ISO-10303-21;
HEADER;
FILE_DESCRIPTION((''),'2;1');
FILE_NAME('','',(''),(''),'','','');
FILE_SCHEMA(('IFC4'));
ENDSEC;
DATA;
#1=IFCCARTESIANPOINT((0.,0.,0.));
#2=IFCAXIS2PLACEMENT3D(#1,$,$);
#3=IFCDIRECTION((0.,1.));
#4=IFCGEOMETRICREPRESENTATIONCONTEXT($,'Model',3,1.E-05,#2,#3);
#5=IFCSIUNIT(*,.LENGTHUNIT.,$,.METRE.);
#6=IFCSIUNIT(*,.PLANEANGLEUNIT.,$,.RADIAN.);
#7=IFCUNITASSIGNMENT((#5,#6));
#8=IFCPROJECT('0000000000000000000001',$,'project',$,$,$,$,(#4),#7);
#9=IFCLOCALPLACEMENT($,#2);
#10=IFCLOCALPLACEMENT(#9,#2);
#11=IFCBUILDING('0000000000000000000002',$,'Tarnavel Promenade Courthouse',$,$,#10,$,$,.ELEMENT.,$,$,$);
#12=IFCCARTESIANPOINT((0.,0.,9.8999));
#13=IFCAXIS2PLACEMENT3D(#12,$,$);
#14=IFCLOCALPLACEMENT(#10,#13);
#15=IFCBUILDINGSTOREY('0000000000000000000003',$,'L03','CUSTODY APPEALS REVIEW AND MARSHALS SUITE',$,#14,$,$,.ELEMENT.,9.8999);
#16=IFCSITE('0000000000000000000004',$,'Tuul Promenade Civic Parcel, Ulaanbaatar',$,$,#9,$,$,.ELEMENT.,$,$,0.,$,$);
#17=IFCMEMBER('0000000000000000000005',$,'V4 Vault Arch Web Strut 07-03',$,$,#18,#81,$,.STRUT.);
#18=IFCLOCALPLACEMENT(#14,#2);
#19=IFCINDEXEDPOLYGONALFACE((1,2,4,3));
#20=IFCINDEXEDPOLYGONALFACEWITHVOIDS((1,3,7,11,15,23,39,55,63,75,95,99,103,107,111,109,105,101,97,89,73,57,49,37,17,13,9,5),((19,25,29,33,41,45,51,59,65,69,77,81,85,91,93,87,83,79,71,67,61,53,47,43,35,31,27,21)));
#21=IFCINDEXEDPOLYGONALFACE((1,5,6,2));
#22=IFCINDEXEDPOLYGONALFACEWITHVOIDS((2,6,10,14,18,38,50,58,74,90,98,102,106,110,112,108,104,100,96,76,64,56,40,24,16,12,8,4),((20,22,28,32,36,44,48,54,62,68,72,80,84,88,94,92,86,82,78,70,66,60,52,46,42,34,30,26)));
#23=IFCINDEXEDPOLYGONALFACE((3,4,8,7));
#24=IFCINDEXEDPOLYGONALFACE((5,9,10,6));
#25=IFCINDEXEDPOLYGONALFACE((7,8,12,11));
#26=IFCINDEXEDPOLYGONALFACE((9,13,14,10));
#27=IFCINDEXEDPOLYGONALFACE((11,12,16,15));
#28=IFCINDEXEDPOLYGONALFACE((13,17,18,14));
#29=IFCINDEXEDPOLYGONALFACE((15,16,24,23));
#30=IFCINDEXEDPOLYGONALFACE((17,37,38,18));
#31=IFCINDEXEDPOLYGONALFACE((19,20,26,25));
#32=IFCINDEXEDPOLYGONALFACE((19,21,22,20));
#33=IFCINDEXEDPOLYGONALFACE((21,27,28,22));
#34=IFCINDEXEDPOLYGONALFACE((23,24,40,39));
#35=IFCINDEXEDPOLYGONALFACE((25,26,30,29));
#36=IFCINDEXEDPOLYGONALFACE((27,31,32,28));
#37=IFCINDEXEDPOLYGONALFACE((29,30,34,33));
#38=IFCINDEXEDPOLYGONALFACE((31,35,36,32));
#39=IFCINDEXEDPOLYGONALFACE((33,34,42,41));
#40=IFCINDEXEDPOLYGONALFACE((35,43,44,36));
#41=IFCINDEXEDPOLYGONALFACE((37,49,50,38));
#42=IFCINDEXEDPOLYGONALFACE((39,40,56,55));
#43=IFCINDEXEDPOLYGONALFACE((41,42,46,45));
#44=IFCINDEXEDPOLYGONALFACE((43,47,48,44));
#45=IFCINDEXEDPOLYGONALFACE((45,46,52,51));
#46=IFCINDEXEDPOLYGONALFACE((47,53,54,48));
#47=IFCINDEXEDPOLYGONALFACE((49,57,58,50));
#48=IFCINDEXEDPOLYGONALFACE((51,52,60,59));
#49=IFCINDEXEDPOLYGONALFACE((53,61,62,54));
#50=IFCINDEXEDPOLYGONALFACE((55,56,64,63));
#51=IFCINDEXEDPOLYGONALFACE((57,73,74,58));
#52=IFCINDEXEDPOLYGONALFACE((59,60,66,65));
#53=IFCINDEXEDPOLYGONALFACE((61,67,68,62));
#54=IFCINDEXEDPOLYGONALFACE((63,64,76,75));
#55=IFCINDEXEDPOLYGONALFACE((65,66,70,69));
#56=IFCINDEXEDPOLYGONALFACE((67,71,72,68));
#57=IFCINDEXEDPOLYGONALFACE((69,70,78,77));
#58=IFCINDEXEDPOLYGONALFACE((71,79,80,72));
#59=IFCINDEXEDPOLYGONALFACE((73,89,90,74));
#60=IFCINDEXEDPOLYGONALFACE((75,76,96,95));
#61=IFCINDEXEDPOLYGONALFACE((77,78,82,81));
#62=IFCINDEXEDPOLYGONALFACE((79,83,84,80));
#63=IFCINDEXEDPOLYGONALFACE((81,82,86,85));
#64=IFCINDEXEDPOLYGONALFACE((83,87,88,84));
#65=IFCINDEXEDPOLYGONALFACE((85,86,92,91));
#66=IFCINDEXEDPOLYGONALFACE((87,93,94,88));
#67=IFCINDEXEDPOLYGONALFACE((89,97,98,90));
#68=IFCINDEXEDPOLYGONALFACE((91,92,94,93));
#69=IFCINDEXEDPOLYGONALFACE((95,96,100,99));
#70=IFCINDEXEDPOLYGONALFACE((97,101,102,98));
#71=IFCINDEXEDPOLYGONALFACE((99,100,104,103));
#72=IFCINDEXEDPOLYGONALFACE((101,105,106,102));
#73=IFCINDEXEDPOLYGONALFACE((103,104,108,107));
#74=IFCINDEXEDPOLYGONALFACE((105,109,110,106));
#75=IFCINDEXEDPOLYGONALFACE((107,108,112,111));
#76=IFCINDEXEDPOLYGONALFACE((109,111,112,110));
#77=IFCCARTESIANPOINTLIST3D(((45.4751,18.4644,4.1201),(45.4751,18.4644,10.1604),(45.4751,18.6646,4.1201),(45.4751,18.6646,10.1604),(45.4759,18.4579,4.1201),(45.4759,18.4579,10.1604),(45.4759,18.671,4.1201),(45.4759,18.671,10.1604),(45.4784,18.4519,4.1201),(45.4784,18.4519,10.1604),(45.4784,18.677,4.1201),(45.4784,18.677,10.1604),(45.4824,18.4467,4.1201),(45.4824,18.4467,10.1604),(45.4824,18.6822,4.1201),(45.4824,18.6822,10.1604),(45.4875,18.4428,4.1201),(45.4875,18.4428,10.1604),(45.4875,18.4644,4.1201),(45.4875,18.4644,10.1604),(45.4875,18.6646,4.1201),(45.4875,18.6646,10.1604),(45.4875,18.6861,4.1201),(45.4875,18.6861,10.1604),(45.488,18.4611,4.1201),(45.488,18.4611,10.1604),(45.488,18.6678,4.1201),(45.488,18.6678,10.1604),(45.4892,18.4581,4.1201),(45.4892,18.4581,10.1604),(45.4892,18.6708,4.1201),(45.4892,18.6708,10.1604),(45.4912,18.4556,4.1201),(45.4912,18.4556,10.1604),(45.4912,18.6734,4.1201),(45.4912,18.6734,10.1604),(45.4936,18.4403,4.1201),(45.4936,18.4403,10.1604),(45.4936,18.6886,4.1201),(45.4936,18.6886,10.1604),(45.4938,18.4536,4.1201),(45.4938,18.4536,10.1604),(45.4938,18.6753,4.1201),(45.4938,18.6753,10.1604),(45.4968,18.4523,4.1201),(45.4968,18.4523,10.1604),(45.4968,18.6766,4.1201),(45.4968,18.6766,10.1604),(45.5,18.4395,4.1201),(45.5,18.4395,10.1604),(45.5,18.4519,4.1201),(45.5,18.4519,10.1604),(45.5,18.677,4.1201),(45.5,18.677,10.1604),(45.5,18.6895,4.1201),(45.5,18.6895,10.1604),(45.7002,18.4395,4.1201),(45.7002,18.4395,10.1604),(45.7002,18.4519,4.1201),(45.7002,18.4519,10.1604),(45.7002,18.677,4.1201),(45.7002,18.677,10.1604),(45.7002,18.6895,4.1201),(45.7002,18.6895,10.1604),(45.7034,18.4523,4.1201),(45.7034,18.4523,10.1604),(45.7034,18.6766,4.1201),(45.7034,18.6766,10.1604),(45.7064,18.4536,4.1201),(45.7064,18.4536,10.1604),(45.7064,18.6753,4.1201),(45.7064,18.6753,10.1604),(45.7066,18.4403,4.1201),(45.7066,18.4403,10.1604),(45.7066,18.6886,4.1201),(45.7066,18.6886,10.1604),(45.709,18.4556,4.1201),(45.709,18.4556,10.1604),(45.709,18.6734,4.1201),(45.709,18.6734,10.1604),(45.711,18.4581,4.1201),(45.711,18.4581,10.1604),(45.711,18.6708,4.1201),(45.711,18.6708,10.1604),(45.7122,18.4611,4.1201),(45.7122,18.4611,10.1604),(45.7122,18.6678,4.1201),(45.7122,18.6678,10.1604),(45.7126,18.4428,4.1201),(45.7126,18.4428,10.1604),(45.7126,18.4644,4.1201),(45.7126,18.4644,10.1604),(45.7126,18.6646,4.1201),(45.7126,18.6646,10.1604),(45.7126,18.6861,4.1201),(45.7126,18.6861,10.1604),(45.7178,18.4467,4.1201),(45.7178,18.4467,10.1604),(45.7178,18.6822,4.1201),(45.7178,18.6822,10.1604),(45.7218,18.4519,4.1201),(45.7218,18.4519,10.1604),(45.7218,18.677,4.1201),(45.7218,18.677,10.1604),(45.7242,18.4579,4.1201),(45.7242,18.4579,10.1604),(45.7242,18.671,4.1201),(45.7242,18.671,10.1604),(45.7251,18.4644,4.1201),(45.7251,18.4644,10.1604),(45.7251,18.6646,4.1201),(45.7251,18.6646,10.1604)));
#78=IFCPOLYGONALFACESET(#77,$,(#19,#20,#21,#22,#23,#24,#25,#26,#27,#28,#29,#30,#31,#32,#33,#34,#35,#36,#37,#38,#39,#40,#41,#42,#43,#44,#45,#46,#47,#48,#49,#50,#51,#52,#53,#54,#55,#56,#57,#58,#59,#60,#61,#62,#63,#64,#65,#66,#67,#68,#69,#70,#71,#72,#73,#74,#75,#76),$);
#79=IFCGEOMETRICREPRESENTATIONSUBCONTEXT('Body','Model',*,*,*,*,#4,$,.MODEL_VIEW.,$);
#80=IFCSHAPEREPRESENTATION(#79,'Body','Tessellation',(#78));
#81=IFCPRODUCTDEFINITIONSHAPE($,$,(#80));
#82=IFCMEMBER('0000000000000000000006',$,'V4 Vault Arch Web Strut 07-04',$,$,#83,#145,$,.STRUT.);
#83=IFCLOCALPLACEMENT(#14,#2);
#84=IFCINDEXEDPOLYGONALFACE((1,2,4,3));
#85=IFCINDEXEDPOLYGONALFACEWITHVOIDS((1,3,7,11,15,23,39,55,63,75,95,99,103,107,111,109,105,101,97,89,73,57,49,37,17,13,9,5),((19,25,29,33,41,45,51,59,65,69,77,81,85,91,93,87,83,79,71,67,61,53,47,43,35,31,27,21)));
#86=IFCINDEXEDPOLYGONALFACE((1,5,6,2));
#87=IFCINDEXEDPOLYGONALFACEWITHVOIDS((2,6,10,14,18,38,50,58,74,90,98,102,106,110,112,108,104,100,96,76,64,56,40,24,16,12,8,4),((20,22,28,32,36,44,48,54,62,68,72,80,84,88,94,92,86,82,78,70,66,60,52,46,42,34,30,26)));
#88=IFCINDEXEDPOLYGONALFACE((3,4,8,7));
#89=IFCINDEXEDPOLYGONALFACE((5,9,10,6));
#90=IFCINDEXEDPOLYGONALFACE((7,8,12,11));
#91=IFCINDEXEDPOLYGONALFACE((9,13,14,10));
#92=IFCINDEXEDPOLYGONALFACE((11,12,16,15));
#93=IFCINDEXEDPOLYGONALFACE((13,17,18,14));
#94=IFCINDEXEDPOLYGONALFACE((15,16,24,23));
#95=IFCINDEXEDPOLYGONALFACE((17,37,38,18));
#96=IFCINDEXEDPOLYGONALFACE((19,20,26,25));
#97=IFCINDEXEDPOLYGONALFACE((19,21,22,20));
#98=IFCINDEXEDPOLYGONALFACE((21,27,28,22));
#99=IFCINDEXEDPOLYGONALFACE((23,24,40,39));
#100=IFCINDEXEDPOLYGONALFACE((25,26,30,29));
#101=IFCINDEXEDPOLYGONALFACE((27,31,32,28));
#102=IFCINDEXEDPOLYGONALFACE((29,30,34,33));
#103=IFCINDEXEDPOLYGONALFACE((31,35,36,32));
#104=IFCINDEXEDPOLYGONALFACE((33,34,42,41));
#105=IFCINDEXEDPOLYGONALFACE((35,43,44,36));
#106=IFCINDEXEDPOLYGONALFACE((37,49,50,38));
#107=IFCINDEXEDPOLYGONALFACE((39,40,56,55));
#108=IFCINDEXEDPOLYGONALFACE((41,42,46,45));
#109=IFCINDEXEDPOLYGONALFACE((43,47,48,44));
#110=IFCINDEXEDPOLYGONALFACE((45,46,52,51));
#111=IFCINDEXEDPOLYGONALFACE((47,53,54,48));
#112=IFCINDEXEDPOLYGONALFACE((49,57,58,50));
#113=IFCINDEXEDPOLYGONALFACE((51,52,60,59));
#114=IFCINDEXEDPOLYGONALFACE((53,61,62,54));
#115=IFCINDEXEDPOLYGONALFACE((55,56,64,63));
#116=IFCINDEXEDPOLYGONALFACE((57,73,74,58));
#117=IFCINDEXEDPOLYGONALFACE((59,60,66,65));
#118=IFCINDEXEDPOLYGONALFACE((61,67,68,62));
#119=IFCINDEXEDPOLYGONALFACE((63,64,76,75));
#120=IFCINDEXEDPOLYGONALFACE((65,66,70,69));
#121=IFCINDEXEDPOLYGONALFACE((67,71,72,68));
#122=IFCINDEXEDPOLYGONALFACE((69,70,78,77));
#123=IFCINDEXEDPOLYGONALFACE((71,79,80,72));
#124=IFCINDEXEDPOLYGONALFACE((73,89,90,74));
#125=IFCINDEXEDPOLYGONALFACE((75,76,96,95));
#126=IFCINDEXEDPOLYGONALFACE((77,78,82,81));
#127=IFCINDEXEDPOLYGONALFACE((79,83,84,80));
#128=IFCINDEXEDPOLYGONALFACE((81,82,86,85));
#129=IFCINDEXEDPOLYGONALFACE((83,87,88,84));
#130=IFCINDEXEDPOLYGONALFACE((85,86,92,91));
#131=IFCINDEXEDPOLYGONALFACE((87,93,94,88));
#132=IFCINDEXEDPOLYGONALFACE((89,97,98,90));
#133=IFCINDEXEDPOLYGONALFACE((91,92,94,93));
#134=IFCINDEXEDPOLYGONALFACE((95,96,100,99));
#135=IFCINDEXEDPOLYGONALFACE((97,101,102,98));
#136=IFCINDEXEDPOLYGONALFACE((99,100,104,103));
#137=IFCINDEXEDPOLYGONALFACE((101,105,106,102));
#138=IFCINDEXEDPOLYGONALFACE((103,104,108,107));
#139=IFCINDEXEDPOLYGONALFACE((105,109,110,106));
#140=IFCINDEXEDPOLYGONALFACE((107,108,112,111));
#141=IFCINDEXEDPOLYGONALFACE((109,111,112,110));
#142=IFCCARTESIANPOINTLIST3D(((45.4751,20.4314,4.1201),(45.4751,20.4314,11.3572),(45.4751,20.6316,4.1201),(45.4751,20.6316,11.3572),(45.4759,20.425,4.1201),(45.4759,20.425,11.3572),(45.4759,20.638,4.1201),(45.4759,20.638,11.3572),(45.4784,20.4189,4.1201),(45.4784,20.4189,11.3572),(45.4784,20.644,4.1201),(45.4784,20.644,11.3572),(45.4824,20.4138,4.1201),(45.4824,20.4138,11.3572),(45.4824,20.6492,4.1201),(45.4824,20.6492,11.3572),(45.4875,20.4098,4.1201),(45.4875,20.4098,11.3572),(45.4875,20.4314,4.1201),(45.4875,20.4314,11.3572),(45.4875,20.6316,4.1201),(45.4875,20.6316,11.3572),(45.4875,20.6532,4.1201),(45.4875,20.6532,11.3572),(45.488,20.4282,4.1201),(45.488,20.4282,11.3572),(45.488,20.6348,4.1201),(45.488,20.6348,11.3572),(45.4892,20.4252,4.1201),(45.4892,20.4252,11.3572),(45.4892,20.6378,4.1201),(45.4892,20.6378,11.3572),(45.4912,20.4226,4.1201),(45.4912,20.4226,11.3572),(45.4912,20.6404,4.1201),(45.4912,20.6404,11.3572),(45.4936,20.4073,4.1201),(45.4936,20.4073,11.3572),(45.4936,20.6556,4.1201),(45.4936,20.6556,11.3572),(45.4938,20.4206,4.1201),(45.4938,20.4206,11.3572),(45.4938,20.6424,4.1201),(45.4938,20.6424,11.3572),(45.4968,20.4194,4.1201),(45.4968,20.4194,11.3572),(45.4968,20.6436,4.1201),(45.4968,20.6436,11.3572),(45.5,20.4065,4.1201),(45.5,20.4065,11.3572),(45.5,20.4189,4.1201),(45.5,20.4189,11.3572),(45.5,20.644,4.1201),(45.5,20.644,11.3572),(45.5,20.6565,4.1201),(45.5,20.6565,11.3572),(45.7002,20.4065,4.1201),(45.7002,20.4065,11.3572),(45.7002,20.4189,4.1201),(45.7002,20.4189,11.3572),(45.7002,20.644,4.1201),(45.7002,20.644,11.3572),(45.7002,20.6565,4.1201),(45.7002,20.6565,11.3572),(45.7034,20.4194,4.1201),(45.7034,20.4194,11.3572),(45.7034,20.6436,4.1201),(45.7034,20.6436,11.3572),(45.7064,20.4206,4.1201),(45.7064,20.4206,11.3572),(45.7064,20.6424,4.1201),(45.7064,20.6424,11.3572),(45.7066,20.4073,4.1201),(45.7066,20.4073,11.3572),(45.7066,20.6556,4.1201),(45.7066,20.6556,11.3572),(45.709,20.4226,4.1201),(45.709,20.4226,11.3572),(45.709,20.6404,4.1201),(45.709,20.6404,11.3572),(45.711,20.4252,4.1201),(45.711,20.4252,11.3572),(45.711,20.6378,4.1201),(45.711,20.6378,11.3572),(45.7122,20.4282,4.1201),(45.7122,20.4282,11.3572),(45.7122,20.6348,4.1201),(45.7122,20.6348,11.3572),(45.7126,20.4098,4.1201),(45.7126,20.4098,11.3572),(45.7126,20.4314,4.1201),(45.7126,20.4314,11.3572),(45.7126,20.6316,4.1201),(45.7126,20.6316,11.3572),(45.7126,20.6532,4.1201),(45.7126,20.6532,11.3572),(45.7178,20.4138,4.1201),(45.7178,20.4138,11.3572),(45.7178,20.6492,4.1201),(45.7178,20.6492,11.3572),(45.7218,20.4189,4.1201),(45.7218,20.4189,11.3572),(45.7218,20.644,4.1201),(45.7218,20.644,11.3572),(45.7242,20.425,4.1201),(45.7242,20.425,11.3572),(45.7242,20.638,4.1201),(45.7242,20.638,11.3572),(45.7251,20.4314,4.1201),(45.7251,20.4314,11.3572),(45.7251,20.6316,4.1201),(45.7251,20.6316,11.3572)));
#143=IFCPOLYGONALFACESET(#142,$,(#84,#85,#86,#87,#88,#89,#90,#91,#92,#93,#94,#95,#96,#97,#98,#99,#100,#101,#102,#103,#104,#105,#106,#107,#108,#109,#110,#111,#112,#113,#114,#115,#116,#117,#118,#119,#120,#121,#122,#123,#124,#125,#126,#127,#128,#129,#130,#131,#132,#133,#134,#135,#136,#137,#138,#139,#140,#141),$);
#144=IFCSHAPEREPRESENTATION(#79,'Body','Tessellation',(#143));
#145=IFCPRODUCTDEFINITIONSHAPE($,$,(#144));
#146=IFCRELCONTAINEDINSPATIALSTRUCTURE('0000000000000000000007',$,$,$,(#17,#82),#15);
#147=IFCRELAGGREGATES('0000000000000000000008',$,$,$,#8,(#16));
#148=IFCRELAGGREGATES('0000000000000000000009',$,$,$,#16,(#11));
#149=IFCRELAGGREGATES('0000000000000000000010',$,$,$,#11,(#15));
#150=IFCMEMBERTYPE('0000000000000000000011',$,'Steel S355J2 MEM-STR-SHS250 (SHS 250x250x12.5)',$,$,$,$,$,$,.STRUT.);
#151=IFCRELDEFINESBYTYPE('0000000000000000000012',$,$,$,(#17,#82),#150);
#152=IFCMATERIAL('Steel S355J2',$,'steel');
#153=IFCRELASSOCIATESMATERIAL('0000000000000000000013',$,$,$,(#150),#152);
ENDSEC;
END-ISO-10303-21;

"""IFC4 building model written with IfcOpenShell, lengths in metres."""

from ifc_helpers import new_model, si_unit, direction, frame, origin, origin_2d, place, context, subcontext, project, spatial, hollow_rectangle, extrude, material, material_profile, profile_set, type_object, element, save


model = new_model("IFC4")

# Units and contexts
model_context = context("Model", 3, precision=1e-05, world=origin(), true_north=direction((0.0, 1.0)))
body_context = subcontext(model_context, "Body", "Model", "MODEL_VIEW")
ifc_project = project(units=[si_unit("LENGTHUNIT", "METRE"), si_unit("PLANEANGLEUNIT", "RADIAN")], contexts=[model_context])

# Site, building, storey
site_placement = place(None, origin())
site = spatial("IfcSite", under=ifc_project, at=site_placement, Name="Tuul Promenade Civic Parcel, Ulaanbaatar", CompositionType="ELEMENT", RefElevation=0.0)
building_placement = place(site_placement, origin())
building = spatial("IfcBuilding", under=site, at=building_placement, Name="Tarnavel Promenade Courthouse", CompositionType="ELEMENT")
storey_placement = place(building_placement, frame((0.0, 0.0, 9.8999)))
storey = spatial("IfcBuildingStorey", under=building, at=storey_placement, Name="L03", Description="CUSTODY APPEALS REVIEW AND MARSHALS SUITE", CompositionType="ELEMENT", Elevation=9.8999)

# Members
ifc_material_1 = material(Name="Steel S355J2", Category="steel")
ifc_material_profile = material_profile(ifc_material_1, hollow_rectangle(XDim=0.25, YDim=0.25, WallThickness=0.0125, InnerFilletRadius=0.0125, OuterFilletRadius=0.0249, at=origin_2d()), Name="SHS 250x250x12.5")
ifc_profile_set = profile_set([ifc_material_profile], Name="Steel S355J2")
member_type = type_object("IfcMemberType", Name="Steel S355J2 MEM-STR-SHS250 (SHS 250x250x12.5)", PredefinedType="STRUT", material=ifc_profile_set)
member_1_placement = place(storey_placement, frame((45.6001, 18.5645, 4.1201), z_axis=(0.0, 0.0, 1.0), x_axis=(1.0, 0.0, 0.0)))
element("IfcMember", 1, at=member_1_placement, inside=storey, type_object=member_type, Name="V4 Vault Arch Web Strut 07-03", PredefinedType="STRUT", context=body_context, shape_type="SweptSolid", body=[
    extrude(hollow_rectangle(XDim=0.25, YDim=0.25, WallThickness=0.0125, InnerFilletRadius=0.0125, OuterFilletRadius=0.0249, at=origin_2d()), origin(), (0.0, 0.0, 1.0), 6.0403),
])
member_2_placement = place(storey_placement, frame((45.6001, 20.5315, 4.1201), z_axis=(0.0, 0.0, 1.0), x_axis=(1.0, 0.0, 0.0)))
element("IfcMember", 2, at=member_2_placement, inside=storey, type_object=member_type, Name="V4 Vault Arch Web Strut 07-04", PredefinedType="STRUT", context=body_context, shape_type="SweptSolid", body=[
    extrude(hollow_rectangle(XDim=0.25, YDim=0.25, WallThickness=0.0125, InnerFilletRadius=0.0125, OuterFilletRadius=0.0249, at=origin_2d()), origin(), (0.0, 0.0, 1.0), 7.2371),
])

save(model, "model.ifc")
